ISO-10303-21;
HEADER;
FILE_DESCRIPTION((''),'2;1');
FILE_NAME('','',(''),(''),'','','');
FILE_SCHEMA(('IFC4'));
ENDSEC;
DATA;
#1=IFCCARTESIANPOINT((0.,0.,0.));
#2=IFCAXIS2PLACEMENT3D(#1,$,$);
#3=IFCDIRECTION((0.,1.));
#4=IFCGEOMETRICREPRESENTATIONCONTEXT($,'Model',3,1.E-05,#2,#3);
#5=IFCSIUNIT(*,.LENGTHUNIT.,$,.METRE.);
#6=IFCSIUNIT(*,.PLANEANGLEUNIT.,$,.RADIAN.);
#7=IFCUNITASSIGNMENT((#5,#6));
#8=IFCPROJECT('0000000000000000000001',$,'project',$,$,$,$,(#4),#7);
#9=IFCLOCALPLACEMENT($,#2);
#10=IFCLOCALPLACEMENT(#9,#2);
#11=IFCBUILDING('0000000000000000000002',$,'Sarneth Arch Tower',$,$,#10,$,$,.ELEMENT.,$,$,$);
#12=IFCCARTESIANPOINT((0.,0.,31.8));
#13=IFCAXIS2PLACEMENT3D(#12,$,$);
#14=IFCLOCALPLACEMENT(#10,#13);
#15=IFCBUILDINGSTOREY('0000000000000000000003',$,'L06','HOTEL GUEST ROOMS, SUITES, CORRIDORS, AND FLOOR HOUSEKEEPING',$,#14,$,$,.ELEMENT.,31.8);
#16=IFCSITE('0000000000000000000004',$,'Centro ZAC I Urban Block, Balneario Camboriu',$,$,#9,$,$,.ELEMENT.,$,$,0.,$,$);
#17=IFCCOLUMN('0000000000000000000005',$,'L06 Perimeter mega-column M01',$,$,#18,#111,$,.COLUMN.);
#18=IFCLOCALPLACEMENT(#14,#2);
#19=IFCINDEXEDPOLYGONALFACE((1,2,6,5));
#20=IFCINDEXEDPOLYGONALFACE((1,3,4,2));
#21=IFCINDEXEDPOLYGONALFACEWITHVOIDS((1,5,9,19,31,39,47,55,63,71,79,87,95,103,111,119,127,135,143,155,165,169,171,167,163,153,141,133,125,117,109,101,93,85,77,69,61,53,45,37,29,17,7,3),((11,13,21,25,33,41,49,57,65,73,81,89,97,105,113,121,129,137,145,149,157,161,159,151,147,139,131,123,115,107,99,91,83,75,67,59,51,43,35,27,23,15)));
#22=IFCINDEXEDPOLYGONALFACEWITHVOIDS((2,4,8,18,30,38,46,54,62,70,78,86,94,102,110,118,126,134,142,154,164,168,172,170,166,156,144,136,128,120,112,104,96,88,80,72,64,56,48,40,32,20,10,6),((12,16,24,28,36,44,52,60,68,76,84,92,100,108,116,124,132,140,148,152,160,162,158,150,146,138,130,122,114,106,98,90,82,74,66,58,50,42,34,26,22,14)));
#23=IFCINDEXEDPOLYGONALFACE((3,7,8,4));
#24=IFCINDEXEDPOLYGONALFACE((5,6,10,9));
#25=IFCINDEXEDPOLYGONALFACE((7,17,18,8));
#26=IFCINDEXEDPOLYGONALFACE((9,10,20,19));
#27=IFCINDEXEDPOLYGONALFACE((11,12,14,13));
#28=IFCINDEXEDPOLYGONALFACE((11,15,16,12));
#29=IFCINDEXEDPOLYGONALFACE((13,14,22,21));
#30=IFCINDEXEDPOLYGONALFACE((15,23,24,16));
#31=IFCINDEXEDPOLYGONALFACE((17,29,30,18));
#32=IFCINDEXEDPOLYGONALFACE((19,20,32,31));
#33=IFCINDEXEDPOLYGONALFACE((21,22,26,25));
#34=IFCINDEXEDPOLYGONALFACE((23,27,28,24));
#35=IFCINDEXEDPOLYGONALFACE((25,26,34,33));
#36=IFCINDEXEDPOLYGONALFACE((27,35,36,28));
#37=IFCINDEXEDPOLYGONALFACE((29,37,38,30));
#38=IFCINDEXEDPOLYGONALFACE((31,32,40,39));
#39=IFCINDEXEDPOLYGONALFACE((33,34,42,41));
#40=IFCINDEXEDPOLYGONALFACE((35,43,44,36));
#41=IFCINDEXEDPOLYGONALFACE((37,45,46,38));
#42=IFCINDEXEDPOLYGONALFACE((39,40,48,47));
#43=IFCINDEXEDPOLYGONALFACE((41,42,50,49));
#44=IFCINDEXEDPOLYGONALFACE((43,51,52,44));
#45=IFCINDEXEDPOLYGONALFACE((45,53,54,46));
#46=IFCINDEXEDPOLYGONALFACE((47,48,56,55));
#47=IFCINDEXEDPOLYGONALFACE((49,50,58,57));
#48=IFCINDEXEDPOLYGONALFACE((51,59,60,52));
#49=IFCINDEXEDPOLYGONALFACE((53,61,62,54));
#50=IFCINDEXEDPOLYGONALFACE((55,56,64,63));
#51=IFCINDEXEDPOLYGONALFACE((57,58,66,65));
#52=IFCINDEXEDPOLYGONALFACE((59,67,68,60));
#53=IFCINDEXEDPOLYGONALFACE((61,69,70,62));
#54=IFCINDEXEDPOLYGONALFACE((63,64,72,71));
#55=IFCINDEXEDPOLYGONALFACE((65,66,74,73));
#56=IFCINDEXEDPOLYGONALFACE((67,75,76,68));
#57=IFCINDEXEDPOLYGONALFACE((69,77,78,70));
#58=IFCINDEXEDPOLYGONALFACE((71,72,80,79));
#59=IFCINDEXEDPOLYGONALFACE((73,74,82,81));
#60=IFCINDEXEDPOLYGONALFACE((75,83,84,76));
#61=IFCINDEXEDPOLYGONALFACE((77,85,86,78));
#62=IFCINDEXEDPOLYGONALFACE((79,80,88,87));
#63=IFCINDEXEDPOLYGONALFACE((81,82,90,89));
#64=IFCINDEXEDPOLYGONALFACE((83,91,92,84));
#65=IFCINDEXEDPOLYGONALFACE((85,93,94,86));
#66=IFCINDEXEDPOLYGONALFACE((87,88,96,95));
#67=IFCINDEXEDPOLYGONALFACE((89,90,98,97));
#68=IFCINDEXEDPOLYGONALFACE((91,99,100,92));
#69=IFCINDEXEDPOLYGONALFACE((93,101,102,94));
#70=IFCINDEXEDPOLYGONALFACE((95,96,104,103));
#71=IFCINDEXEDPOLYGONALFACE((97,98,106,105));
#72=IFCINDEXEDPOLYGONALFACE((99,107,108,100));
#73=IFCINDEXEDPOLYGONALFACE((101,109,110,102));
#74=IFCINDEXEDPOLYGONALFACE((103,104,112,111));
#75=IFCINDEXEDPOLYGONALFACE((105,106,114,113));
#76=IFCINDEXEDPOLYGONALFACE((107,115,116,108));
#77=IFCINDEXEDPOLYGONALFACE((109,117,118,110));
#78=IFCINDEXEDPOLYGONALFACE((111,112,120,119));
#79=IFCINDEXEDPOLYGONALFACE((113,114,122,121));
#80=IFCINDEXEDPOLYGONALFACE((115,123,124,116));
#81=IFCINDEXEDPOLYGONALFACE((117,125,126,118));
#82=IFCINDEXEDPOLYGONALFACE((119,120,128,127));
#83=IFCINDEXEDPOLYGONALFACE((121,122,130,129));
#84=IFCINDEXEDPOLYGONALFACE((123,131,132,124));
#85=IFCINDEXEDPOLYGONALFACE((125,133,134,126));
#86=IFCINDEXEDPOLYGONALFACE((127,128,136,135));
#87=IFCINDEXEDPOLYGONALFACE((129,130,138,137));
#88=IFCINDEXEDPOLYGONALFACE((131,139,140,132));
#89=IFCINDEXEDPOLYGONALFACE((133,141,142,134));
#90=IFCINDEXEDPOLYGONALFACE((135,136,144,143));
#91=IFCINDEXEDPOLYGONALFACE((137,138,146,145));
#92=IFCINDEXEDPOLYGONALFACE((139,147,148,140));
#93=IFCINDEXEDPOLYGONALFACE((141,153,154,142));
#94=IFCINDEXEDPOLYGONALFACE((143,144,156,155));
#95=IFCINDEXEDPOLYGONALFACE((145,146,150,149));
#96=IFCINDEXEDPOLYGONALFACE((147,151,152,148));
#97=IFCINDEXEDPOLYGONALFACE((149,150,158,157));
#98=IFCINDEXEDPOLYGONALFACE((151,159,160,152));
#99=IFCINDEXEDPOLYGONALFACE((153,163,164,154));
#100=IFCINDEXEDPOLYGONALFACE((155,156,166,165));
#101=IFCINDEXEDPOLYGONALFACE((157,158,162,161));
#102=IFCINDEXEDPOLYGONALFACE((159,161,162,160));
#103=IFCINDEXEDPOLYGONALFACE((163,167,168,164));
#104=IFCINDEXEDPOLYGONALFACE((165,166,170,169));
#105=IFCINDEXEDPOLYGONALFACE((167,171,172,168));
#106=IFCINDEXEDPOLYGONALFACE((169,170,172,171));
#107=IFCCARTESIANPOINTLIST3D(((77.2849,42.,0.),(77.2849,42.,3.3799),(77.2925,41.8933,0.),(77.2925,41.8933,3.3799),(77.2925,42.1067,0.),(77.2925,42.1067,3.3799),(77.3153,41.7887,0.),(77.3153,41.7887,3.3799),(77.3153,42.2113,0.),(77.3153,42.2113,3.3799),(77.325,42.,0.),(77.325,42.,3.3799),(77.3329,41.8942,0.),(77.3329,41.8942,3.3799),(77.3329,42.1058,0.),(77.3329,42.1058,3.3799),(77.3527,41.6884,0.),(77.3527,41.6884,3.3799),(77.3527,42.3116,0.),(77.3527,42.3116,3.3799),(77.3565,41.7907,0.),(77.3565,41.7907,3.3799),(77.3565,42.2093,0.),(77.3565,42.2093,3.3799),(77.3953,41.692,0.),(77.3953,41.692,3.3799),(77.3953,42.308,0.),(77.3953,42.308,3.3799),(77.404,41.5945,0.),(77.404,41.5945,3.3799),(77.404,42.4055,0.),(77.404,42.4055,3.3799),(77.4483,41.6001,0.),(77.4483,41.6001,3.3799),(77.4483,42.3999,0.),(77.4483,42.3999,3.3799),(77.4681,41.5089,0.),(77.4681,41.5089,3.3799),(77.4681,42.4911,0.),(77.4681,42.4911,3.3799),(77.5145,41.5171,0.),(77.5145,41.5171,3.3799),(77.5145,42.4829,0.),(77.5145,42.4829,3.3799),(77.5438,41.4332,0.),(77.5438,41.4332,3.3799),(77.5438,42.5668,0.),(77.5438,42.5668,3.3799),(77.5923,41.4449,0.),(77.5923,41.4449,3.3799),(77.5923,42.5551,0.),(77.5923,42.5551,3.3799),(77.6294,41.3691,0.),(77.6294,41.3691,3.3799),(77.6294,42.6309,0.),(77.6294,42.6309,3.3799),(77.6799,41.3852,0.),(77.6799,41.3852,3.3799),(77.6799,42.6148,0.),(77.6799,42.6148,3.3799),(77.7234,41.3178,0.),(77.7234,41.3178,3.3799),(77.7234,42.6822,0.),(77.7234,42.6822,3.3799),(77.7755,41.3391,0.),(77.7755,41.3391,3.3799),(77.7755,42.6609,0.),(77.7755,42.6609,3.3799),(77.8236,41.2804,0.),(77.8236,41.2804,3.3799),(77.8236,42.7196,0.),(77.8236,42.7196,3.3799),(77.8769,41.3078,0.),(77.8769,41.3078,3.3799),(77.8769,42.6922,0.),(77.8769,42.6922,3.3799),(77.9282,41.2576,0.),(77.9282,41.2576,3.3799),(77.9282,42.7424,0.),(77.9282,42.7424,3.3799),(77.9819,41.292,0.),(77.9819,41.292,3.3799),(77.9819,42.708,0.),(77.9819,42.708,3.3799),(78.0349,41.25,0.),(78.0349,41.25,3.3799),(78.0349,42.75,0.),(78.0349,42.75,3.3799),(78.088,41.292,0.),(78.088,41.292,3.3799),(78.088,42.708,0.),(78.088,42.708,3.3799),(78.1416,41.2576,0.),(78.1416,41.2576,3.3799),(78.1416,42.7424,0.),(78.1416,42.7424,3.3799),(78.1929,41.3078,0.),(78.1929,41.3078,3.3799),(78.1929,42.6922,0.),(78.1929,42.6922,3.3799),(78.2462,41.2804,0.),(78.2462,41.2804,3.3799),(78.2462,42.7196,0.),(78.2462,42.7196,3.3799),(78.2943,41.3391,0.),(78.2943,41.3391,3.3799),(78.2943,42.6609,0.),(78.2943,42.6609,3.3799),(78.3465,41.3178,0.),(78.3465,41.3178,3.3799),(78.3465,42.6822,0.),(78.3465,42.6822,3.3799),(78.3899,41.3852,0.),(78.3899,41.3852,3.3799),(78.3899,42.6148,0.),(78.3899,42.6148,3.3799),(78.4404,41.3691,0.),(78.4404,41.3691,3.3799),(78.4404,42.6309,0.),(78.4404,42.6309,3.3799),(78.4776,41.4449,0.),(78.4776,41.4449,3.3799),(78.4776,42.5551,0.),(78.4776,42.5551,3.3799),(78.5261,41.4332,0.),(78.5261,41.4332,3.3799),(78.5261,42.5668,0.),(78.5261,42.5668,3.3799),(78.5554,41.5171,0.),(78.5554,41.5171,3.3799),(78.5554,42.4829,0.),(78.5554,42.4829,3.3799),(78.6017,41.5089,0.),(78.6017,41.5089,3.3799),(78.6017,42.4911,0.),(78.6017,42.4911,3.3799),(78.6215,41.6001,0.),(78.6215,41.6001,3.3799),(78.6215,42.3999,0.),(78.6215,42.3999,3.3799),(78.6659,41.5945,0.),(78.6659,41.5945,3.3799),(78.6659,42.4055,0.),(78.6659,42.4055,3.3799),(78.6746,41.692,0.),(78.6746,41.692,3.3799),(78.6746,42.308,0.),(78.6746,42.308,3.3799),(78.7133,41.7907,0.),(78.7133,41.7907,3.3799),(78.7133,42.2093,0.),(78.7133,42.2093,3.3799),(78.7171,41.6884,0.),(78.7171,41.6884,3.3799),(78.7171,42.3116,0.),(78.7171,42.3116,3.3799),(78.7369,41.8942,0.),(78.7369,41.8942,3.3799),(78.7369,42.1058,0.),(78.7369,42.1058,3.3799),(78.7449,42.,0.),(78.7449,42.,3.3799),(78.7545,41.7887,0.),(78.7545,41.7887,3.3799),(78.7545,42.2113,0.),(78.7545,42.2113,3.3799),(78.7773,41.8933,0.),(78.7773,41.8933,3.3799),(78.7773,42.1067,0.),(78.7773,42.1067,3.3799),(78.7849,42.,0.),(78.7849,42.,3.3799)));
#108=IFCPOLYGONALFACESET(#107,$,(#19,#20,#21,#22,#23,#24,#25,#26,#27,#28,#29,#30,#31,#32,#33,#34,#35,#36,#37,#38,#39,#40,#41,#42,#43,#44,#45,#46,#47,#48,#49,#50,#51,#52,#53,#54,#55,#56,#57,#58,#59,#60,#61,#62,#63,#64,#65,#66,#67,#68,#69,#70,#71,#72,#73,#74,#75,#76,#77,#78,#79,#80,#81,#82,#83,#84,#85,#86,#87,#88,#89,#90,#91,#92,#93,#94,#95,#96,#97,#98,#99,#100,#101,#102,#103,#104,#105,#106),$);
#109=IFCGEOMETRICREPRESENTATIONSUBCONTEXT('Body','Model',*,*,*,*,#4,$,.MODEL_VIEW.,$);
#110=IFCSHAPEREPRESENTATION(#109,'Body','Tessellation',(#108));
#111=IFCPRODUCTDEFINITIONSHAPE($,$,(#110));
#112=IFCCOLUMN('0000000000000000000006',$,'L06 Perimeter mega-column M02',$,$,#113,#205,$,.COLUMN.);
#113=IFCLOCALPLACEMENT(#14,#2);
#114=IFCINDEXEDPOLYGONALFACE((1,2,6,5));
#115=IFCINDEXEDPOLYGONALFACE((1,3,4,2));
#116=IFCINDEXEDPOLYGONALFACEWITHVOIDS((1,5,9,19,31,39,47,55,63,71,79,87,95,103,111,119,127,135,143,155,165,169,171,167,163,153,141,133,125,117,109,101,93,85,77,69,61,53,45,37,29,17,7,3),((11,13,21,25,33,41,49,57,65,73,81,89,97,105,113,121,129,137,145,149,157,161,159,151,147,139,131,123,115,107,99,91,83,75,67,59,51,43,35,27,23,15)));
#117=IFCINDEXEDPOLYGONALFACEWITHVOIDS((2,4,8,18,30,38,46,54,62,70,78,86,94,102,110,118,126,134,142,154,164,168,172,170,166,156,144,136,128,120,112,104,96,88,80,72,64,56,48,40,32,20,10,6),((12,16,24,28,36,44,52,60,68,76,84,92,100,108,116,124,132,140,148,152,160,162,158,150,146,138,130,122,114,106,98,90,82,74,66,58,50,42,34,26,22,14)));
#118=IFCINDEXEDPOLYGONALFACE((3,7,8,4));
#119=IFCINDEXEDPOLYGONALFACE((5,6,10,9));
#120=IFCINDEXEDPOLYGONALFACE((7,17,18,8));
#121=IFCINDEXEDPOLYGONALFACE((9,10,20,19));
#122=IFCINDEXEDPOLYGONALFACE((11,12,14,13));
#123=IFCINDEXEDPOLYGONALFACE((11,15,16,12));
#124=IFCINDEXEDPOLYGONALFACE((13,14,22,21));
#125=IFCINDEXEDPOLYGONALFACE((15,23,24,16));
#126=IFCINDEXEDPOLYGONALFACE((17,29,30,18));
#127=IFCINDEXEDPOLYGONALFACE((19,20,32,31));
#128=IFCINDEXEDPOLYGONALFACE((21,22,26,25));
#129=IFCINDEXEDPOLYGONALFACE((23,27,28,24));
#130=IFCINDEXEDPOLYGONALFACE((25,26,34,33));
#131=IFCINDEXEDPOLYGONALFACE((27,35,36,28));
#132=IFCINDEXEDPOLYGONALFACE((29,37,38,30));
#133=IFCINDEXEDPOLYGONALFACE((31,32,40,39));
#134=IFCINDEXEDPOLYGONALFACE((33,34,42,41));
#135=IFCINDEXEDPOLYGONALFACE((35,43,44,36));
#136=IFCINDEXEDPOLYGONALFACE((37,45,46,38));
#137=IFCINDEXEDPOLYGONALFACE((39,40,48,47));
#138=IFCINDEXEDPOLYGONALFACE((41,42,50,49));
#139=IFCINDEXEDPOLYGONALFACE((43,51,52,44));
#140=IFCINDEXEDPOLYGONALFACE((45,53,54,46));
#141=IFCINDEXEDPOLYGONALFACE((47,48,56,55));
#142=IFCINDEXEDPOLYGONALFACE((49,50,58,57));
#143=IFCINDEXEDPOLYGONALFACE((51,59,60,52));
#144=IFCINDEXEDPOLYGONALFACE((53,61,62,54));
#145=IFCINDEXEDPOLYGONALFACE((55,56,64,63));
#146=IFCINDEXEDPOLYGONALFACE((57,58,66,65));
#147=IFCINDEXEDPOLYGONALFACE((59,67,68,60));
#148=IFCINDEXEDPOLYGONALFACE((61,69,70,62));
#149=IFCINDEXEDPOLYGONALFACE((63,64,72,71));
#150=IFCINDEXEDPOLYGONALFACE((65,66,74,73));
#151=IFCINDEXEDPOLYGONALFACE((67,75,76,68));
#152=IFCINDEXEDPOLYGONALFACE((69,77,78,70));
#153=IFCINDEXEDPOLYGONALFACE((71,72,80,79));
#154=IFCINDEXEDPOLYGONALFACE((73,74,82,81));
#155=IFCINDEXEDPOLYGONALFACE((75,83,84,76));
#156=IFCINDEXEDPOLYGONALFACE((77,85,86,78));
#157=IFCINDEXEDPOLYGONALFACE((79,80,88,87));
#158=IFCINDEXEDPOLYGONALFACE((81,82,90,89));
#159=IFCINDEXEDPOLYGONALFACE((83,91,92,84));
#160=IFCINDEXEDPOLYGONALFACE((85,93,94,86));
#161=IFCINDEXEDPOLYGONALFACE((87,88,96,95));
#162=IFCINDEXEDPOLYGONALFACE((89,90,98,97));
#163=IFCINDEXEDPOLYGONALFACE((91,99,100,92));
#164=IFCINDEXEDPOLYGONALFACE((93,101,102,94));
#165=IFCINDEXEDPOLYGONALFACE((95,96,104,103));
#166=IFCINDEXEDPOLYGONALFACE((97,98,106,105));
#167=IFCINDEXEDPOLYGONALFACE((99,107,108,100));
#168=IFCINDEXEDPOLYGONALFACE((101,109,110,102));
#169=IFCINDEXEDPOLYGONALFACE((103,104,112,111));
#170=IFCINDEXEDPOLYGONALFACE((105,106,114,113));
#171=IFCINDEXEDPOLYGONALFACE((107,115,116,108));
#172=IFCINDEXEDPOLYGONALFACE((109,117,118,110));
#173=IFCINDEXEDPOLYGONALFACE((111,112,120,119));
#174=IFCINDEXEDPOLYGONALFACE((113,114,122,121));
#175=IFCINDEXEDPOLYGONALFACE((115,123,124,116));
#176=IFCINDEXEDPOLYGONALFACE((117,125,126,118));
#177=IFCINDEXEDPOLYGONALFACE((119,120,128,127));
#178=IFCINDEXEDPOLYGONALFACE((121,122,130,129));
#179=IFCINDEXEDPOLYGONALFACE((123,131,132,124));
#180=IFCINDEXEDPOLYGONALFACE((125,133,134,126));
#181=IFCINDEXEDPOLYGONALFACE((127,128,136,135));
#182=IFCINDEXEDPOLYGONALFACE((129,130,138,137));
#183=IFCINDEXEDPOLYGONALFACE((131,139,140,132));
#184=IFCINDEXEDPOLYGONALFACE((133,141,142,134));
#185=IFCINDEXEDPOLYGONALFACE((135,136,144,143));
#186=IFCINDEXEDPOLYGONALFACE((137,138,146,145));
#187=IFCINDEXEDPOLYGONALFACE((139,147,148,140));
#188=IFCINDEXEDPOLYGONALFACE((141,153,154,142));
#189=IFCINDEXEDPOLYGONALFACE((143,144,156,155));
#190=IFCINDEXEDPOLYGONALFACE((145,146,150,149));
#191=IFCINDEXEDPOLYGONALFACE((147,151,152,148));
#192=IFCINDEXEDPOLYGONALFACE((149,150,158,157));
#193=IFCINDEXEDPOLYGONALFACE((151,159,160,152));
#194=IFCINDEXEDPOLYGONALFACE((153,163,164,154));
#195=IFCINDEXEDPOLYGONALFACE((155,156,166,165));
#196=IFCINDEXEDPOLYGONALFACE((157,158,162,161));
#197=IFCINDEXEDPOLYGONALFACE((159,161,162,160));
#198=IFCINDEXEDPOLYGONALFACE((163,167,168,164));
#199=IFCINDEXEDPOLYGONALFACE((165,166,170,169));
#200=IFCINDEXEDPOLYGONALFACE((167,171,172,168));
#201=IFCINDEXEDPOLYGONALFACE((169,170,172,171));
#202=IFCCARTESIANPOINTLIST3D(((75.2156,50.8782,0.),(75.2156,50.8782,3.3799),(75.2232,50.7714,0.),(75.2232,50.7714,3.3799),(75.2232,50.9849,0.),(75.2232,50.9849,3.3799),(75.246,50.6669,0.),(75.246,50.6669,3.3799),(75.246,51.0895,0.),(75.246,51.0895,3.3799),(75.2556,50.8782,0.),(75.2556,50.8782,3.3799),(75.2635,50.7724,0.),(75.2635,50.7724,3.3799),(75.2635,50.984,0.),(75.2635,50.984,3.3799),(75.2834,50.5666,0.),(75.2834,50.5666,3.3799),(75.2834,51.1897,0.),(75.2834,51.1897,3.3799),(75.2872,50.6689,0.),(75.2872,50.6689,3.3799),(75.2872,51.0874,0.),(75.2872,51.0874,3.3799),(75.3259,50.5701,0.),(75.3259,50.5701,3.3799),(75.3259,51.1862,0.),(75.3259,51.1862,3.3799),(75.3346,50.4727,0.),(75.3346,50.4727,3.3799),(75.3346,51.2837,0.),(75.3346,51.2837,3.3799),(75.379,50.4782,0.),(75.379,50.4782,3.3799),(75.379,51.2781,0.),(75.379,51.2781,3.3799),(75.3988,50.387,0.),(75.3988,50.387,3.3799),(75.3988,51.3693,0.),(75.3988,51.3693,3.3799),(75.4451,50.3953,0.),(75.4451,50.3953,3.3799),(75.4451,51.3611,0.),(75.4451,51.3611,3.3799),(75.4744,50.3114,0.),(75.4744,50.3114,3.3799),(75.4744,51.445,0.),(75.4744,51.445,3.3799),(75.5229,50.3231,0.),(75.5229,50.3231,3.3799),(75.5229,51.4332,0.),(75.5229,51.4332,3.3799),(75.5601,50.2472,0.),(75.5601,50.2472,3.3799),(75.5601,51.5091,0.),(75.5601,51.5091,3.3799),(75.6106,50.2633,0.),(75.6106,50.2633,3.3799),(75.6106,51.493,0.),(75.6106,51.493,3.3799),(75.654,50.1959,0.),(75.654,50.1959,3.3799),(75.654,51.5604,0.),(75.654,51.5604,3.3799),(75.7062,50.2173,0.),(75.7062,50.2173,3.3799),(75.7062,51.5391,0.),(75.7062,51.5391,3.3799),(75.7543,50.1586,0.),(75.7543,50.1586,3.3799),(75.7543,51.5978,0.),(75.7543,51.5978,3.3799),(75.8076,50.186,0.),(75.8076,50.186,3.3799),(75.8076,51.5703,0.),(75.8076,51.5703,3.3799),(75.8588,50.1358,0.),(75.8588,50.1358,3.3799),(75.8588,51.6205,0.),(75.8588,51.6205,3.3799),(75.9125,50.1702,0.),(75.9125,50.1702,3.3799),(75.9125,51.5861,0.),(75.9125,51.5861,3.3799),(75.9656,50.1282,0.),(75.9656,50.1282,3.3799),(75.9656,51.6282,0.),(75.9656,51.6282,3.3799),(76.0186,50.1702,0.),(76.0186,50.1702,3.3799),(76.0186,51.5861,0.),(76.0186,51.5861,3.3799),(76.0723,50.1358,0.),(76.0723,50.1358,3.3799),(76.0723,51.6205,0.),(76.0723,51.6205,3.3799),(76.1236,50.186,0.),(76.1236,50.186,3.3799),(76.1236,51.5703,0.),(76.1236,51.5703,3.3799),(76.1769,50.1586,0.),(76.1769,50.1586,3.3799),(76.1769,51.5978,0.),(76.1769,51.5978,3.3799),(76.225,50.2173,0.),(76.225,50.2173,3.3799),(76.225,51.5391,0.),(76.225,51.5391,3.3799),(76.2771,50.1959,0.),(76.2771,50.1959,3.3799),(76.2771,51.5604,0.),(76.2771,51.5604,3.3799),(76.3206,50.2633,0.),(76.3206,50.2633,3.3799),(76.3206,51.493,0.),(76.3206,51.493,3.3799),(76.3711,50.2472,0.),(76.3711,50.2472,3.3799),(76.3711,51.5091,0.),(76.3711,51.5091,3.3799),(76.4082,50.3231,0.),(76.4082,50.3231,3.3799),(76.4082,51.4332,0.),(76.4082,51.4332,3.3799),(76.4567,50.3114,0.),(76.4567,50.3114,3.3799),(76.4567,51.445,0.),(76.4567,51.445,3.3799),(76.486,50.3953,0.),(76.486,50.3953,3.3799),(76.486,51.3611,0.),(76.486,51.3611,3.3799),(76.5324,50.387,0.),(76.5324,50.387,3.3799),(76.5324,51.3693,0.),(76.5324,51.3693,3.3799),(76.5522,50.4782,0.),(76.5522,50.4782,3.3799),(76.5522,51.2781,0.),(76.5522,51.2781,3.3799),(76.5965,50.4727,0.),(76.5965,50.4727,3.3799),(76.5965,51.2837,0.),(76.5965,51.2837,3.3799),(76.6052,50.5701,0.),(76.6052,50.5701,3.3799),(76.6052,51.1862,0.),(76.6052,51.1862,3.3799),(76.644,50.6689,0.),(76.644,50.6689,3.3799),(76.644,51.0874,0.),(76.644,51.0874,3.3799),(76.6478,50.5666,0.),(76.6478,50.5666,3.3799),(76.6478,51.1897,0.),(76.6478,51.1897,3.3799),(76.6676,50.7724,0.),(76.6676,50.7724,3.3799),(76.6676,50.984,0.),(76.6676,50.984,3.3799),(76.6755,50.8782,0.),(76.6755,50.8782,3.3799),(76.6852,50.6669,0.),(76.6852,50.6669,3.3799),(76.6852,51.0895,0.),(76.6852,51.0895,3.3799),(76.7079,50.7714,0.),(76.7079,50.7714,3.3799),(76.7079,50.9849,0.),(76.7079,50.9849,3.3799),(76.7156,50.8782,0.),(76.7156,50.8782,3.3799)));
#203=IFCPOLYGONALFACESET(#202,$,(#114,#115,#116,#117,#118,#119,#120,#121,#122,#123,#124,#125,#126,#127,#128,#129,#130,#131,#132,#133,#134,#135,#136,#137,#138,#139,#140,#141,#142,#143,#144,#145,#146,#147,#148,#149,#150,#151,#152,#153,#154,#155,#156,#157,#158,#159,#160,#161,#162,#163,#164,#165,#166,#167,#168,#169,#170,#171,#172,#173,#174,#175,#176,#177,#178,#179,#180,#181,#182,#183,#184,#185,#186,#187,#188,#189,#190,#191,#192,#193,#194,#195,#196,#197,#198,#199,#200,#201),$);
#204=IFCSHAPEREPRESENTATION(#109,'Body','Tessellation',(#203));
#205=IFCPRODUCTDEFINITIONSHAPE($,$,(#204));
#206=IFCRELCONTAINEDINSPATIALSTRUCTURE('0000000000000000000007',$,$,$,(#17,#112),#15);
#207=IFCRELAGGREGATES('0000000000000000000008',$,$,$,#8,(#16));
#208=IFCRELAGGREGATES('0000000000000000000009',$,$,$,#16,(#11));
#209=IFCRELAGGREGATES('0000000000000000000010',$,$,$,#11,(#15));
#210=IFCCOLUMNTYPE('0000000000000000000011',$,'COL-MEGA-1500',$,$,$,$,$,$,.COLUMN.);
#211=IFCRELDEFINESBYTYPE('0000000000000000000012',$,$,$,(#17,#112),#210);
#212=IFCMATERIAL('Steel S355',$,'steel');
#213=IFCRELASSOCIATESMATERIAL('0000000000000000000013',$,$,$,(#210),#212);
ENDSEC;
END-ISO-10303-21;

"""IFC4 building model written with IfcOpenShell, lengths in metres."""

from ifc_helpers import new_model, si_unit, direction, frame, origin, origin_2d, place, context, subcontext, project, spatial, hollow_circle, extrude, material, material_profile, profile_set, type_object, element, save


model = new_model("IFC4")

# Units and contexts
model_context = context("Model", 3, precision=1e-05, world=origin(), true_north=direction((0.0, 1.0)))
body_context = subcontext(model_context, "Body", "Model", "MODEL_VIEW")
ifc_project = project(units=[si_unit("LENGTHUNIT", "METRE"), si_unit("PLANEANGLEUNIT", "RADIAN")], contexts=[model_context])

# Site, building, storey
site_placement = place(None, origin())
site = spatial("IfcSite", under=ifc_project, at=site_placement, Name="Centro ZAC I Urban Block, Balneario Camboriu", CompositionType="ELEMENT", RefElevation=0.0)
building_placement = place(site_placement, origin())
building = spatial("IfcBuilding", under=site, at=building_placement, Name="Sarneth Arch Tower", CompositionType="ELEMENT")
storey_placement = place(building_placement, frame((0.0, 0.0, 31.8)))
storey = spatial("IfcBuildingStorey", under=building, at=storey_placement, Name="L06", Description="HOTEL GUEST ROOMS, SUITES, CORRIDORS, AND FLOOR HOUSEKEEPING", CompositionType="ELEMENT", Elevation=31.8)

# Columns
ifc_material_1 = material(Name="Steel S355", Category="steel")
ifc_material_profile_1 = material_profile(ifc_material_1, hollow_circle(Radius=0.75, WallThickness=0.04, at=origin_2d()), Name="CHS1500x40")
ifc_profile_set_1 = profile_set([ifc_material_profile_1], Name="Steel S355")
column_type = type_object("IfcColumnType", Name="COL-MEGA-1500", PredefinedType="COLUMN", material=ifc_profile_set_1)
for number, where, z_axis, x_axis, name in (
    (1, (78.0349, 42.0, 0.0), (0.0, 0.0, 1.0), (1.0, 0.0, 0.0), "L06 Perimeter mega-column M01"),
    (2, (75.9656, 50.8782, 0.0), (0.0, 0.0, 1.0), (1.0, 0.0, 0.0), "L06 Perimeter mega-column M02"),
):
    element("IfcColumn", number, at=place(storey_placement, frame(where, z_axis=z_axis, x_axis=x_axis)), inside=storey, type_object=column_type, Name=name, PredefinedType="COLUMN", context=body_context, shape_type="SweptSolid", body=[
        extrude(hollow_circle(Radius=0.75, WallThickness=0.04, at=origin_2d()), origin(), (0.0, 0.0, 1.0), 3.3799),
    ])

save(model, "model.ifc")
